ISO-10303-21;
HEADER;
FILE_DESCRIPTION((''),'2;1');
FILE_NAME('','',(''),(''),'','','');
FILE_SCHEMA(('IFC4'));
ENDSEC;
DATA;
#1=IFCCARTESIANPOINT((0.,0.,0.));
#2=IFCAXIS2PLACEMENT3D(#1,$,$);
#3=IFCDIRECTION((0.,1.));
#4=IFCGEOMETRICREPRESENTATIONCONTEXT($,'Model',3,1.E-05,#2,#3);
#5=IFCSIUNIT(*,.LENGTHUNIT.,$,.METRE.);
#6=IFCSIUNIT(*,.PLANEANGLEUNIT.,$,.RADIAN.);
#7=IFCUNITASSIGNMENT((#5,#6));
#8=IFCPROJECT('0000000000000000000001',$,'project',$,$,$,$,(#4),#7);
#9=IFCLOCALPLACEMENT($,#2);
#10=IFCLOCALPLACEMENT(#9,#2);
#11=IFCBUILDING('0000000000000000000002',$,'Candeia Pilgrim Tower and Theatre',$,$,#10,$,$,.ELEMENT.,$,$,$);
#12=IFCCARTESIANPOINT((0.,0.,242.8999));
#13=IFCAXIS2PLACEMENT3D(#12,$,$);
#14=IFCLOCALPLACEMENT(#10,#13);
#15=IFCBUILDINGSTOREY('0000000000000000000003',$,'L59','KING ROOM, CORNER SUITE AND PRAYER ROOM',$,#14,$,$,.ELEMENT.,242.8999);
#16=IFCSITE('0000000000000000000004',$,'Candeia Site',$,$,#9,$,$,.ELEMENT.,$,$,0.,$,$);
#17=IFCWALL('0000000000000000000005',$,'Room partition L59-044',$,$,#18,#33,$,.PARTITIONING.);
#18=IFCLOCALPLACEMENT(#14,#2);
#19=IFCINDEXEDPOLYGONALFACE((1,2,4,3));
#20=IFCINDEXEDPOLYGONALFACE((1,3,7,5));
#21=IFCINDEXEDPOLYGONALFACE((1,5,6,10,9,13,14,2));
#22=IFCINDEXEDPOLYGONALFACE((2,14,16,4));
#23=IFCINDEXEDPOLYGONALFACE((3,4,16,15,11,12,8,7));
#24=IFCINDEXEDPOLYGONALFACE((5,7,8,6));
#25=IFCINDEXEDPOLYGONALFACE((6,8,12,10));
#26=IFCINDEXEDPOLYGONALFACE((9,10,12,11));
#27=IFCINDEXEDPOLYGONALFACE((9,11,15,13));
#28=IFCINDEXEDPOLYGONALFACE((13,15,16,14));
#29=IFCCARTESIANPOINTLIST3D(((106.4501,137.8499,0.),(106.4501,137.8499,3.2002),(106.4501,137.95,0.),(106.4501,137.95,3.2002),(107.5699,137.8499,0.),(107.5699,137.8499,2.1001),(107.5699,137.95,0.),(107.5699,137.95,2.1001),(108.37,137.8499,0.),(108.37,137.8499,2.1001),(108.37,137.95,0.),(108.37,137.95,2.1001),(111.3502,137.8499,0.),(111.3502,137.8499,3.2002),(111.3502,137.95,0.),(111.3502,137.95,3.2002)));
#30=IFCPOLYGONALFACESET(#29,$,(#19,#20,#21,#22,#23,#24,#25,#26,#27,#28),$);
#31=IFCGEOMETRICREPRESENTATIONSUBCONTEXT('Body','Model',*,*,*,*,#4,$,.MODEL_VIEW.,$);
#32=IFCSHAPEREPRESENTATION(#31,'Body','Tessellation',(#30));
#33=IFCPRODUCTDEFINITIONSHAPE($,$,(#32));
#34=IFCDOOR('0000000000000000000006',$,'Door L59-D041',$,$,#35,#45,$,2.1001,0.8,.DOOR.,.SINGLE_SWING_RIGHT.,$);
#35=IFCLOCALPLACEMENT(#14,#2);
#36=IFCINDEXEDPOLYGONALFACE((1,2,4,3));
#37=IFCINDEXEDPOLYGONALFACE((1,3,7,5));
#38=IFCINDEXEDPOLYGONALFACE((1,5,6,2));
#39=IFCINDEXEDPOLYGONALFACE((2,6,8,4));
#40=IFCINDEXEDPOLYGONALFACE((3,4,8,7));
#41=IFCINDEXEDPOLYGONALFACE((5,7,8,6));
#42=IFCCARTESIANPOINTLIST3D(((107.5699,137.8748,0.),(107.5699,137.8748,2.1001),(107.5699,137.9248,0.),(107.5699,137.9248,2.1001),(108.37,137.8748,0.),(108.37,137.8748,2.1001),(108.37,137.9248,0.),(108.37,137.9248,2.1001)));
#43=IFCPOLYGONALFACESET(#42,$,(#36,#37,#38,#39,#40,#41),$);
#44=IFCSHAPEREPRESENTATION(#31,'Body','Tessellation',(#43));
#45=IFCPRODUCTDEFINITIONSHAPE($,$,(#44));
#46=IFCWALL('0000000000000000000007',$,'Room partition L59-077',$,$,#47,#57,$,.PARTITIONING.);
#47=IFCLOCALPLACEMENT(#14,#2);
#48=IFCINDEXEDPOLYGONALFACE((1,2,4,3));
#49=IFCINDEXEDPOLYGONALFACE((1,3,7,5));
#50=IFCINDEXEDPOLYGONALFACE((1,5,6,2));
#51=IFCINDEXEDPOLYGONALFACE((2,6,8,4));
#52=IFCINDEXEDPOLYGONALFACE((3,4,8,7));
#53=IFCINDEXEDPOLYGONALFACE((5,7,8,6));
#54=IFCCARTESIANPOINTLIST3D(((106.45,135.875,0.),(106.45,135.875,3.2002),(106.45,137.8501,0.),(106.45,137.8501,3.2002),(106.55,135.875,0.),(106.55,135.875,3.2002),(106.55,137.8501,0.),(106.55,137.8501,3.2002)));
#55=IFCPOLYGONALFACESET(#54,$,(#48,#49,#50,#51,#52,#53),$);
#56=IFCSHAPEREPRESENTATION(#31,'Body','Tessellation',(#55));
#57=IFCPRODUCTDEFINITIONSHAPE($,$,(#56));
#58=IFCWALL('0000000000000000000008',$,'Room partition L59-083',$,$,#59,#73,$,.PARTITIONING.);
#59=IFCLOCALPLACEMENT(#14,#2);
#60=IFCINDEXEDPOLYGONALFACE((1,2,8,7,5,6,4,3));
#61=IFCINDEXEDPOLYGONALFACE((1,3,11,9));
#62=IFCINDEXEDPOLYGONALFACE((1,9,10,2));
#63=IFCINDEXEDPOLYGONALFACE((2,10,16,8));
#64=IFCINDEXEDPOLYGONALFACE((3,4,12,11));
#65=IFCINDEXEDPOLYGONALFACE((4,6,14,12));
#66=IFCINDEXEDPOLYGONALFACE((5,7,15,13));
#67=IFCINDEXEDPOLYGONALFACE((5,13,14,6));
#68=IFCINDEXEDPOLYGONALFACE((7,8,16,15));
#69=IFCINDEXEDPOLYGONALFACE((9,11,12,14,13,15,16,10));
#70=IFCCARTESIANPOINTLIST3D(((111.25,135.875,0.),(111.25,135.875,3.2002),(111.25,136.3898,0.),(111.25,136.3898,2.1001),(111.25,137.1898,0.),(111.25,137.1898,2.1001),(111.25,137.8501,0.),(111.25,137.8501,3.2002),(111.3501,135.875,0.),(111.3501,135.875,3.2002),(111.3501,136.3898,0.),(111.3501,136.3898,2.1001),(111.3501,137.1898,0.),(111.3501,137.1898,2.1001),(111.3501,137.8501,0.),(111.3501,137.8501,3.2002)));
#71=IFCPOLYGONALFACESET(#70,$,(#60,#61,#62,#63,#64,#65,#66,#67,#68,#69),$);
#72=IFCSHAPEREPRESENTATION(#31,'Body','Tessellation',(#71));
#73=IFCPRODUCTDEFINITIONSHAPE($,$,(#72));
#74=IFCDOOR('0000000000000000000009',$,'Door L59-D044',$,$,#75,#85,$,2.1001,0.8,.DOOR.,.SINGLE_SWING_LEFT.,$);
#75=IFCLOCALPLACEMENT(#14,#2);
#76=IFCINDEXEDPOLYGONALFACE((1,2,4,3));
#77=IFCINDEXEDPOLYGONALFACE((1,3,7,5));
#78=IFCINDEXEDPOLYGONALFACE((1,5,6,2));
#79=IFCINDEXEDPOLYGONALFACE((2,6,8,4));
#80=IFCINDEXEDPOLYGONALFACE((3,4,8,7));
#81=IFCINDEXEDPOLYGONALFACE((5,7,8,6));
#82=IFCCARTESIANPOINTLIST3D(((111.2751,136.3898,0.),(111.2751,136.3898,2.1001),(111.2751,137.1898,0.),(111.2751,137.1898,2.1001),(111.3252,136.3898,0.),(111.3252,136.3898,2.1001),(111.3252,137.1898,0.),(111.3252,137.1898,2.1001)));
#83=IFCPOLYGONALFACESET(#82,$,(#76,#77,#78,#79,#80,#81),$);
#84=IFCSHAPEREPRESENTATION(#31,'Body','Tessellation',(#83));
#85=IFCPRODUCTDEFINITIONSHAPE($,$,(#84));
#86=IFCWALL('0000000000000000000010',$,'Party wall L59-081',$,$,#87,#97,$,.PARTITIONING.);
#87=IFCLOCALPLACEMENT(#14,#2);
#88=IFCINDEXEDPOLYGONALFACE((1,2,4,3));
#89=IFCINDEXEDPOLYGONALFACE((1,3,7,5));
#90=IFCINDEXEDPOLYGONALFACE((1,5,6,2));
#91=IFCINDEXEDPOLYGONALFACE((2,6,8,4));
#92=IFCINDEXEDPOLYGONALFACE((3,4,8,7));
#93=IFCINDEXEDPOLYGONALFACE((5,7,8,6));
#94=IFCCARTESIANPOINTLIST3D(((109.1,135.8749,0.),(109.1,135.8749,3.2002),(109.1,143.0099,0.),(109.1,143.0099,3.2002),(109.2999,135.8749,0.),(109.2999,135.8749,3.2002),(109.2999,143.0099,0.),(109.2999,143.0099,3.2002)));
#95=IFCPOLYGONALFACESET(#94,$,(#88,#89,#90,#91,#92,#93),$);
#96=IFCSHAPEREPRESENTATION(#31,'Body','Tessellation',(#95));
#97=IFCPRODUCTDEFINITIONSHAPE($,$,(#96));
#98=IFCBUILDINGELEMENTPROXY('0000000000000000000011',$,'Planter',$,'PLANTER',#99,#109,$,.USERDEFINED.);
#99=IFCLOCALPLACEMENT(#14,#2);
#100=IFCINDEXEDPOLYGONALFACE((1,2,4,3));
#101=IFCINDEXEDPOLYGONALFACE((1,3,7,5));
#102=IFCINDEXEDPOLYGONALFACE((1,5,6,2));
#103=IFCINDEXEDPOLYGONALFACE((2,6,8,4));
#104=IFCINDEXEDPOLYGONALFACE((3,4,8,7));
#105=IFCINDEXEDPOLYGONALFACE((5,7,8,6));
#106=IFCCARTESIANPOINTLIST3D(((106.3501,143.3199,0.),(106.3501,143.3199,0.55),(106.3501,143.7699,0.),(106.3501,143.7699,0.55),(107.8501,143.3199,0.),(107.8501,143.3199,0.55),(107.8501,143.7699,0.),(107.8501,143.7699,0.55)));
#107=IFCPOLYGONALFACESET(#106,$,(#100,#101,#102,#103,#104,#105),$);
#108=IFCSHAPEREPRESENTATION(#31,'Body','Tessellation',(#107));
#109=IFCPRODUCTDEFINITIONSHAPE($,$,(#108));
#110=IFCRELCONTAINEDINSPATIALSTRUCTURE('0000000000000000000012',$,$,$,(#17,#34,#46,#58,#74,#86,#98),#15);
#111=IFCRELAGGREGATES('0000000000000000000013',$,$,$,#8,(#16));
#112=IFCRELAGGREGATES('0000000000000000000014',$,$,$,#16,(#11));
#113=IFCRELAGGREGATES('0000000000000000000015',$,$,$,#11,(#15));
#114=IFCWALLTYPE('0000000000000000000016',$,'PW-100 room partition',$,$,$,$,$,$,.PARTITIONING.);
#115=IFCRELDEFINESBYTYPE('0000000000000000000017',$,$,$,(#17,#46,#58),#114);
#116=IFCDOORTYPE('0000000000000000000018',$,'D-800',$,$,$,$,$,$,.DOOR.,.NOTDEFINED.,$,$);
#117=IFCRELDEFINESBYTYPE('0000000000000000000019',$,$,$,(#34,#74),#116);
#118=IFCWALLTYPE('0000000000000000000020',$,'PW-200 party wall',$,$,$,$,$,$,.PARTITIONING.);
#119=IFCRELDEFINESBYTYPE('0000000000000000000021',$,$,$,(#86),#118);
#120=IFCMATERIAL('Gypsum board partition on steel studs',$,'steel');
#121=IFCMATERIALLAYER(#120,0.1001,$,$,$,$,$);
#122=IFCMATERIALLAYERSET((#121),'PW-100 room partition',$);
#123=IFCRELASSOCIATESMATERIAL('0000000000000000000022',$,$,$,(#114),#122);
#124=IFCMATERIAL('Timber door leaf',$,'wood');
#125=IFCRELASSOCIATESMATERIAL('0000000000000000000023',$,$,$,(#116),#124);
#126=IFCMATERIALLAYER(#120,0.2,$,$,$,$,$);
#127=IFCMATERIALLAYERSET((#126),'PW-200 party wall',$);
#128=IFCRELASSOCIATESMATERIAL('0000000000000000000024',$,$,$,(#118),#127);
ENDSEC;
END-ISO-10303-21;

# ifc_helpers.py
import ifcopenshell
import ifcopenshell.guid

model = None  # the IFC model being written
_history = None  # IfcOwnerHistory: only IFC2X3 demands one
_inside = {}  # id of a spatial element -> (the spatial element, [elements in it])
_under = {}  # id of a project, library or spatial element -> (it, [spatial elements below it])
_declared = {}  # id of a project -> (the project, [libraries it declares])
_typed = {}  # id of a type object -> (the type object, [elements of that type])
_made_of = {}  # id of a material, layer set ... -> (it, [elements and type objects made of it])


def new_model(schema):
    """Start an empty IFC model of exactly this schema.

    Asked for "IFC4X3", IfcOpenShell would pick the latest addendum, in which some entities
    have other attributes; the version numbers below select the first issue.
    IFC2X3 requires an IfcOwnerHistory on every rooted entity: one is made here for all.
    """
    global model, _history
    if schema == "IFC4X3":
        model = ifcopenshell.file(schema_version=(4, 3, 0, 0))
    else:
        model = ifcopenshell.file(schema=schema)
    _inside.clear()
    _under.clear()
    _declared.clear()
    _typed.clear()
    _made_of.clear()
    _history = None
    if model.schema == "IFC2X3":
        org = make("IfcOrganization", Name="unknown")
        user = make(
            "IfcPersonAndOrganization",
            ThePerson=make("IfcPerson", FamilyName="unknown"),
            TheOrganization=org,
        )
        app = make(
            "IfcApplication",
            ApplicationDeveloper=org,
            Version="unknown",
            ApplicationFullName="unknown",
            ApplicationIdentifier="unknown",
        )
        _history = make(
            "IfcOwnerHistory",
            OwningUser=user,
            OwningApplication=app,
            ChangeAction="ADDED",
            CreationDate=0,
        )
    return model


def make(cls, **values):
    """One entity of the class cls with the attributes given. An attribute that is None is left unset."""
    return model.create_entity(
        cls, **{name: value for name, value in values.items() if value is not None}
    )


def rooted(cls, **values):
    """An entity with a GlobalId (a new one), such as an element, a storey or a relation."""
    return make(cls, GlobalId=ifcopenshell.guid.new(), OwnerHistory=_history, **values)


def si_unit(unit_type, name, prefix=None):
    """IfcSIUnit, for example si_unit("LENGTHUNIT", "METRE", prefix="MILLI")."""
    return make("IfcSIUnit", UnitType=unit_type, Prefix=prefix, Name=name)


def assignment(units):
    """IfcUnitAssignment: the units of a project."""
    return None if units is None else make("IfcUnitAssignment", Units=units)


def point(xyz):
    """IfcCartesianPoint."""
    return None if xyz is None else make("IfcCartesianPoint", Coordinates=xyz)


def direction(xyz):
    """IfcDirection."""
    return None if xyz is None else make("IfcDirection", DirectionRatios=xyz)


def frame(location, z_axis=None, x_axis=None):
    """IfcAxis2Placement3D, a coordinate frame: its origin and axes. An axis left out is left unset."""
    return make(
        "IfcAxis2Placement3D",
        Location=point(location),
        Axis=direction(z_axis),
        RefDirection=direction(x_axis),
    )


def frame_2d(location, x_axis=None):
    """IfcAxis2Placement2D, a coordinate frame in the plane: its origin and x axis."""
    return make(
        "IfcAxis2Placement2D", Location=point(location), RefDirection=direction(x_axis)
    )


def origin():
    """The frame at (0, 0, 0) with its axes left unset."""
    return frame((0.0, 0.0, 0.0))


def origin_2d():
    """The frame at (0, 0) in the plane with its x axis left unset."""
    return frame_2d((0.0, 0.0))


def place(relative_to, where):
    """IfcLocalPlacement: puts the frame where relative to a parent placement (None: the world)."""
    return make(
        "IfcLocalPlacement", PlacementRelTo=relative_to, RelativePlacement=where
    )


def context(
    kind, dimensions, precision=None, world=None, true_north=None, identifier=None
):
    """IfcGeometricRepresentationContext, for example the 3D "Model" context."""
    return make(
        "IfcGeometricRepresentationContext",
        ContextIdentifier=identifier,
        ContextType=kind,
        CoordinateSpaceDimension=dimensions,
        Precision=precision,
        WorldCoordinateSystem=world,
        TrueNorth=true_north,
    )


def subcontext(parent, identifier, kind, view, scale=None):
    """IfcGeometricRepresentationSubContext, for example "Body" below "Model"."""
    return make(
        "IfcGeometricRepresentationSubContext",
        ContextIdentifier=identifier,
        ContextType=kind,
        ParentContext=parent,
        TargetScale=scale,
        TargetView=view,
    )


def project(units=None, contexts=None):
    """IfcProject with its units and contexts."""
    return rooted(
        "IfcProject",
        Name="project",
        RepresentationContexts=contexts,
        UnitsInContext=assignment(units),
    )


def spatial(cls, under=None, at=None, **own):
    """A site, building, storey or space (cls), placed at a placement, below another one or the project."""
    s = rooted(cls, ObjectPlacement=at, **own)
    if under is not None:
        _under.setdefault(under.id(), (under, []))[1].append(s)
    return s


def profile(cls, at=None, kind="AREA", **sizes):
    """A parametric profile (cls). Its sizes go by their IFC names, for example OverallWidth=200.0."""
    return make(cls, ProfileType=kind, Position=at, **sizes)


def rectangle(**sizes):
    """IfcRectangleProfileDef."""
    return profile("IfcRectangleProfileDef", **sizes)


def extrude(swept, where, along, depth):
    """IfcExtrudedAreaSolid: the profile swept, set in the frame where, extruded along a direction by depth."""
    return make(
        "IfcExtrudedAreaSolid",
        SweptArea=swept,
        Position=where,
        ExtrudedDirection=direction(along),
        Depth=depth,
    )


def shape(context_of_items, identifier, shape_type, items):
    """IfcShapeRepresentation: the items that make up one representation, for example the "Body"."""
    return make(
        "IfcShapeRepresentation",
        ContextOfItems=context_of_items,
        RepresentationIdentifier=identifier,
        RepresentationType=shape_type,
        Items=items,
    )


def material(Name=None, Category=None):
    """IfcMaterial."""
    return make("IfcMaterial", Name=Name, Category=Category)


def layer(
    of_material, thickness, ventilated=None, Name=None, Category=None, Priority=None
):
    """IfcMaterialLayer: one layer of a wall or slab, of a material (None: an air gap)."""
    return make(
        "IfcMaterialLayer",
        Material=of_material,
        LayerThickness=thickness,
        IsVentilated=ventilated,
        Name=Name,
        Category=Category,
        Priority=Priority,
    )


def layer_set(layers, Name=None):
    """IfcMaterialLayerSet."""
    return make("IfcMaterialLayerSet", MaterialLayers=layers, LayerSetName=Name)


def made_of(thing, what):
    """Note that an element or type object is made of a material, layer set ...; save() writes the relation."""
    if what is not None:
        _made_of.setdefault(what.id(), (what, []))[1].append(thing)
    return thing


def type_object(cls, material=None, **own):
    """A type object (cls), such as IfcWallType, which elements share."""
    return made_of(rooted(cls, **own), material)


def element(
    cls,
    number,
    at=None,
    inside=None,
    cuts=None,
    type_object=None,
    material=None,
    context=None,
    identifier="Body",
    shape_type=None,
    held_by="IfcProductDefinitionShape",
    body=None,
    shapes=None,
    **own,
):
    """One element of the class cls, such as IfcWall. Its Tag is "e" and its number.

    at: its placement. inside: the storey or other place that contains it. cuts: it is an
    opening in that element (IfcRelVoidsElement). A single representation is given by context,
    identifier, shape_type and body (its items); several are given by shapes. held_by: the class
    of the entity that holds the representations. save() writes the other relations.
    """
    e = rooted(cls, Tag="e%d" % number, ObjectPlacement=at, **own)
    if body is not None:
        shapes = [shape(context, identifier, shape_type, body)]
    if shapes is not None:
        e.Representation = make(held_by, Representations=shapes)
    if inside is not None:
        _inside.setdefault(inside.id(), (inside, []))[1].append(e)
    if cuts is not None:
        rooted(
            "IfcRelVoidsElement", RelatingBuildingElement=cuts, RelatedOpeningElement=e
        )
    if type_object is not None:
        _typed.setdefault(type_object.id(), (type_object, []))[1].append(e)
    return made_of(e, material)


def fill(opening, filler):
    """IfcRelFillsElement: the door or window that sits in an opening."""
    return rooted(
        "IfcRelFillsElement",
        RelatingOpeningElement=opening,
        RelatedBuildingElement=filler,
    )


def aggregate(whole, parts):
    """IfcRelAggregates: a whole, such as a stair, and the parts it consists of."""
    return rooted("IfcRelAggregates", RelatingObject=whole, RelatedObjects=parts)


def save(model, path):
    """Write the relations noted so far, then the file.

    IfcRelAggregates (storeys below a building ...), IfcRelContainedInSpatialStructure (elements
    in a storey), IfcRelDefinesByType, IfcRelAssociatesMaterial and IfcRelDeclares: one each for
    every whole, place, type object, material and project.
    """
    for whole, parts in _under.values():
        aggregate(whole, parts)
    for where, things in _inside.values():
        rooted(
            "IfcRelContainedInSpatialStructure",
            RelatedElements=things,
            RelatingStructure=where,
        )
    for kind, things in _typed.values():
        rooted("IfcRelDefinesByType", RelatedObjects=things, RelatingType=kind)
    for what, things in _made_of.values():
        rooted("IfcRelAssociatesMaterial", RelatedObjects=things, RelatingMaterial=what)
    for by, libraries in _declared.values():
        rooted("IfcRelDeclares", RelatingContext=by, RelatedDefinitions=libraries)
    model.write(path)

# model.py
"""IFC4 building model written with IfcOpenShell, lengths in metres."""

from ifc_helpers import new_model, si_unit, direction, frame, frame_2d, origin, origin_2d, place, context, subcontext, project, spatial, rectangle, extrude, material, layer, layer_set, type_object, element, fill, save


model = new_model("IFC4")

# Units and contexts
model_context = context("Model", 3, precision=1e-05, world=origin(), true_north=direction((0.0, 1.0)))
body_context = subcontext(model_context, "Body", "Model", "MODEL_VIEW")
ifc_project = project(units=[si_unit("LENGTHUNIT", "METRE"), si_unit("PLANEANGLEUNIT", "RADIAN")], contexts=[model_context])

# Site, building, storey
site_placement = place(None, origin())
site = spatial("IfcSite", under=ifc_project, at=site_placement, Name="Candeia Site", CompositionType="ELEMENT", RefElevation=0.0)
building_placement = place(site_placement, origin())
building = spatial("IfcBuilding", under=site, at=building_placement, Name="Candeia Pilgrim Tower and Theatre", CompositionType="ELEMENT")
storey_placement = place(building_placement, frame((0.0, 0.0, 242.8999)))
storey = spatial("IfcBuildingStorey", under=building, at=storey_placement, Name="L59", Description="KING ROOM, CORNER SUITE AND PRAYER ROOM", CompositionType="ELEMENT", Elevation=242.8999)

# Wall, opening, door
ifc_material_1 = material(Name="Gypsum board partition on steel studs", Category="steel")
ifc_layer_1 = layer(ifc_material_1, 0.1001)
ifc_layer_set_1 = layer_set([ifc_layer_1], Name="PW-100 room partition")
wall_type_1 = type_object("IfcWallType", Name="PW-100 room partition", PredefinedType="PARTITIONING", material=ifc_layer_set_1)
wall_1_placement = place(storey_placement, frame((106.45, 137.8999, 0.0), z_axis=(0.0, 0.0, 1.0), x_axis=(1.0, 0.0, 0.0)))
wall_1 = element("IfcWall", 1, at=wall_1_placement, inside=storey, type_object=wall_type_1, Name="Room partition L59-044", PredefinedType="PARTITIONING", context=body_context, shape_type="SweptSolid", body=[
    extrude(rectangle(XDim=4.9001, YDim=0.1001, at=frame_2d((2.4502, 0.0))), origin(), (0.0, 0.0, 1.0), 3.2002),
])
opening_1_placement = place(wall_1_placement, frame((1.1201, 0.0, 0.0)))
opening_1 = element("IfcOpeningElement", 2, at=opening_1_placement, cuts=wall_1, PredefinedType="OPENING", context=body_context, shape_type="SweptSolid", body=[
    extrude(rectangle(XDim=0.8, YDim=2.1001, at=frame_2d((0.3999, 1.05))), frame((0.0, 0.0601, 0.0), z_axis=(0.0, -1.0, 0.0), x_axis=(1.0, 0.0, 0.0)), (0.0, 0.0, 1.0), 0.1201),
])
ifc_material_2 = material(Name="Timber door leaf", Category="wood")
door_type_1 = type_object("IfcDoorType", Name="D-800", OperationType="NOTDEFINED", PredefinedType="DOOR", material=ifc_material_2)
door_1_placement = place(opening_1_placement, origin())
door_1 = element("IfcDoor", 3, at=door_1_placement, inside=storey, type_object=door_type_1, Name="Door L59-D041", OperationType="SINGLE_SWING_RIGHT", OverallHeight=2.1001, OverallWidth=0.8, PredefinedType="DOOR", context=body_context, shape_type="SweptSolid", body=[
    extrude(rectangle(XDim=0.8, YDim=2.1001, at=frame_2d((0.3999, 1.05))), frame((0.0, 0.0249, 0.0), z_axis=(0.0, -1.0, 0.0), x_axis=(1.0, 0.0, 0.0)), (0.0, 0.0, 1.0), 0.05),
])
fill(opening_1, door_1)

# Wall
wall_2_placement = place(storey_placement, frame((106.5, 135.875, 0.0), z_axis=(0.0, 0.0, 1.0), x_axis=(0.0, 1.0, 0.0)))
element("IfcWall", 4, at=wall_2_placement, inside=storey, type_object=wall_type_1, Name="Room partition L59-077", PredefinedType="PARTITIONING", context=body_context, shape_type="SweptSolid", body=[
    extrude(rectangle(XDim=1.9751, YDim=0.1001, at=frame_2d((0.9875, 0.0))), origin(), (0.0, 0.0, 1.0), 3.2002),
])

# Wall, opening, door
wall_3_placement = place(storey_placement, frame((111.3, 135.875, 0.0), z_axis=(0.0, 0.0, 1.0), x_axis=(0.0, 1.0, 0.0)))
wall_3 = element("IfcWall", 5, at=wall_3_placement, inside=storey, type_object=wall_type_1, Name="Room partition L59-083", PredefinedType="PARTITIONING", context=body_context, shape_type="SweptSolid", body=[
    extrude(rectangle(XDim=1.9751, YDim=0.1001, at=frame_2d((0.9875, 0.0))), origin(), (0.0, 0.0, 1.0), 3.2002),
])
opening_2_placement = place(wall_3_placement, frame((0.5149, 0.0, 0.0)))
opening_2 = element("IfcOpeningElement", 6, at=opening_2_placement, cuts=wall_3, PredefinedType="OPENING", context=body_context, shape_type="SweptSolid", body=[
    extrude(rectangle(XDim=0.8, YDim=2.1001, at=frame_2d((0.3999, 1.05))), frame((0.0, 0.0601, 0.0), z_axis=(0.0, -1.0, 0.0), x_axis=(1.0, 0.0, 0.0)), (0.0, 0.0, 1.0), 0.1201),
])
door_2_placement = place(opening_2_placement, origin())
door_2 = element("IfcDoor", 7, at=door_2_placement, inside=storey, type_object=door_type_1, Name="Door L59-D044", OperationType="SINGLE_SWING_LEFT", OverallHeight=2.1001, OverallWidth=0.8, PredefinedType="DOOR", context=body_context, shape_type="SweptSolid", body=[
    extrude(rectangle(XDim=0.8, YDim=2.1001, at=frame_2d((0.3999, 1.05))), frame((0.0, 0.0249, 0.0), z_axis=(0.0, -1.0, 0.0), x_axis=(1.0, 0.0, 0.0)), (0.0, 0.0, 1.0), 0.05),
])
fill(opening_2, door_2)

# Wall
ifc_layer_2 = layer(ifc_material_1, 0.2)
ifc_layer_set_2 = layer_set([ifc_layer_2], Name="PW-200 party wall")
wall_type_2 = type_object("IfcWallType", Name="PW-200 party wall", PredefinedType="PARTITIONING", material=ifc_layer_set_2)
wall_4_placement = place(storey_placement, frame((109.2, 135.875, 0.0), z_axis=(0.0, 0.0, 1.0), x_axis=(0.0, 1.0, 0.0)))
element("IfcWall", 8, at=wall_4_placement, inside=storey, type_object=wall_type_2, Name="Party wall L59-081", PredefinedType="PARTITIONING", context=body_context, shape_type="SweptSolid", body=[
    extrude(rectangle(XDim=7.135, YDim=0.2, at=frame_2d((3.5674, 0.0))), origin(), (0.0, 0.0, 1.0), 3.2002),
])

# Building element proxy
proxy_placement = place(storey_placement, frame((107.1001, 143.5449, 0.0), z_axis=(0.0, 0.0, 1.0), x_axis=(-1.0, 0.0, 0.0)))
element("IfcBuildingElementProxy", 9, at=proxy_placement, inside=storey, Name="Planter", ObjectType="PLANTER", PredefinedType="USERDEFINED", context=body_context, shape_type="SweptSolid", body=[
    extrude(rectangle(XDim=1.5, YDim=0.45, at=origin_2d()), origin(), (0.0, 0.0, 1.0), 0.55),
])

save(model, "model.ifc")
